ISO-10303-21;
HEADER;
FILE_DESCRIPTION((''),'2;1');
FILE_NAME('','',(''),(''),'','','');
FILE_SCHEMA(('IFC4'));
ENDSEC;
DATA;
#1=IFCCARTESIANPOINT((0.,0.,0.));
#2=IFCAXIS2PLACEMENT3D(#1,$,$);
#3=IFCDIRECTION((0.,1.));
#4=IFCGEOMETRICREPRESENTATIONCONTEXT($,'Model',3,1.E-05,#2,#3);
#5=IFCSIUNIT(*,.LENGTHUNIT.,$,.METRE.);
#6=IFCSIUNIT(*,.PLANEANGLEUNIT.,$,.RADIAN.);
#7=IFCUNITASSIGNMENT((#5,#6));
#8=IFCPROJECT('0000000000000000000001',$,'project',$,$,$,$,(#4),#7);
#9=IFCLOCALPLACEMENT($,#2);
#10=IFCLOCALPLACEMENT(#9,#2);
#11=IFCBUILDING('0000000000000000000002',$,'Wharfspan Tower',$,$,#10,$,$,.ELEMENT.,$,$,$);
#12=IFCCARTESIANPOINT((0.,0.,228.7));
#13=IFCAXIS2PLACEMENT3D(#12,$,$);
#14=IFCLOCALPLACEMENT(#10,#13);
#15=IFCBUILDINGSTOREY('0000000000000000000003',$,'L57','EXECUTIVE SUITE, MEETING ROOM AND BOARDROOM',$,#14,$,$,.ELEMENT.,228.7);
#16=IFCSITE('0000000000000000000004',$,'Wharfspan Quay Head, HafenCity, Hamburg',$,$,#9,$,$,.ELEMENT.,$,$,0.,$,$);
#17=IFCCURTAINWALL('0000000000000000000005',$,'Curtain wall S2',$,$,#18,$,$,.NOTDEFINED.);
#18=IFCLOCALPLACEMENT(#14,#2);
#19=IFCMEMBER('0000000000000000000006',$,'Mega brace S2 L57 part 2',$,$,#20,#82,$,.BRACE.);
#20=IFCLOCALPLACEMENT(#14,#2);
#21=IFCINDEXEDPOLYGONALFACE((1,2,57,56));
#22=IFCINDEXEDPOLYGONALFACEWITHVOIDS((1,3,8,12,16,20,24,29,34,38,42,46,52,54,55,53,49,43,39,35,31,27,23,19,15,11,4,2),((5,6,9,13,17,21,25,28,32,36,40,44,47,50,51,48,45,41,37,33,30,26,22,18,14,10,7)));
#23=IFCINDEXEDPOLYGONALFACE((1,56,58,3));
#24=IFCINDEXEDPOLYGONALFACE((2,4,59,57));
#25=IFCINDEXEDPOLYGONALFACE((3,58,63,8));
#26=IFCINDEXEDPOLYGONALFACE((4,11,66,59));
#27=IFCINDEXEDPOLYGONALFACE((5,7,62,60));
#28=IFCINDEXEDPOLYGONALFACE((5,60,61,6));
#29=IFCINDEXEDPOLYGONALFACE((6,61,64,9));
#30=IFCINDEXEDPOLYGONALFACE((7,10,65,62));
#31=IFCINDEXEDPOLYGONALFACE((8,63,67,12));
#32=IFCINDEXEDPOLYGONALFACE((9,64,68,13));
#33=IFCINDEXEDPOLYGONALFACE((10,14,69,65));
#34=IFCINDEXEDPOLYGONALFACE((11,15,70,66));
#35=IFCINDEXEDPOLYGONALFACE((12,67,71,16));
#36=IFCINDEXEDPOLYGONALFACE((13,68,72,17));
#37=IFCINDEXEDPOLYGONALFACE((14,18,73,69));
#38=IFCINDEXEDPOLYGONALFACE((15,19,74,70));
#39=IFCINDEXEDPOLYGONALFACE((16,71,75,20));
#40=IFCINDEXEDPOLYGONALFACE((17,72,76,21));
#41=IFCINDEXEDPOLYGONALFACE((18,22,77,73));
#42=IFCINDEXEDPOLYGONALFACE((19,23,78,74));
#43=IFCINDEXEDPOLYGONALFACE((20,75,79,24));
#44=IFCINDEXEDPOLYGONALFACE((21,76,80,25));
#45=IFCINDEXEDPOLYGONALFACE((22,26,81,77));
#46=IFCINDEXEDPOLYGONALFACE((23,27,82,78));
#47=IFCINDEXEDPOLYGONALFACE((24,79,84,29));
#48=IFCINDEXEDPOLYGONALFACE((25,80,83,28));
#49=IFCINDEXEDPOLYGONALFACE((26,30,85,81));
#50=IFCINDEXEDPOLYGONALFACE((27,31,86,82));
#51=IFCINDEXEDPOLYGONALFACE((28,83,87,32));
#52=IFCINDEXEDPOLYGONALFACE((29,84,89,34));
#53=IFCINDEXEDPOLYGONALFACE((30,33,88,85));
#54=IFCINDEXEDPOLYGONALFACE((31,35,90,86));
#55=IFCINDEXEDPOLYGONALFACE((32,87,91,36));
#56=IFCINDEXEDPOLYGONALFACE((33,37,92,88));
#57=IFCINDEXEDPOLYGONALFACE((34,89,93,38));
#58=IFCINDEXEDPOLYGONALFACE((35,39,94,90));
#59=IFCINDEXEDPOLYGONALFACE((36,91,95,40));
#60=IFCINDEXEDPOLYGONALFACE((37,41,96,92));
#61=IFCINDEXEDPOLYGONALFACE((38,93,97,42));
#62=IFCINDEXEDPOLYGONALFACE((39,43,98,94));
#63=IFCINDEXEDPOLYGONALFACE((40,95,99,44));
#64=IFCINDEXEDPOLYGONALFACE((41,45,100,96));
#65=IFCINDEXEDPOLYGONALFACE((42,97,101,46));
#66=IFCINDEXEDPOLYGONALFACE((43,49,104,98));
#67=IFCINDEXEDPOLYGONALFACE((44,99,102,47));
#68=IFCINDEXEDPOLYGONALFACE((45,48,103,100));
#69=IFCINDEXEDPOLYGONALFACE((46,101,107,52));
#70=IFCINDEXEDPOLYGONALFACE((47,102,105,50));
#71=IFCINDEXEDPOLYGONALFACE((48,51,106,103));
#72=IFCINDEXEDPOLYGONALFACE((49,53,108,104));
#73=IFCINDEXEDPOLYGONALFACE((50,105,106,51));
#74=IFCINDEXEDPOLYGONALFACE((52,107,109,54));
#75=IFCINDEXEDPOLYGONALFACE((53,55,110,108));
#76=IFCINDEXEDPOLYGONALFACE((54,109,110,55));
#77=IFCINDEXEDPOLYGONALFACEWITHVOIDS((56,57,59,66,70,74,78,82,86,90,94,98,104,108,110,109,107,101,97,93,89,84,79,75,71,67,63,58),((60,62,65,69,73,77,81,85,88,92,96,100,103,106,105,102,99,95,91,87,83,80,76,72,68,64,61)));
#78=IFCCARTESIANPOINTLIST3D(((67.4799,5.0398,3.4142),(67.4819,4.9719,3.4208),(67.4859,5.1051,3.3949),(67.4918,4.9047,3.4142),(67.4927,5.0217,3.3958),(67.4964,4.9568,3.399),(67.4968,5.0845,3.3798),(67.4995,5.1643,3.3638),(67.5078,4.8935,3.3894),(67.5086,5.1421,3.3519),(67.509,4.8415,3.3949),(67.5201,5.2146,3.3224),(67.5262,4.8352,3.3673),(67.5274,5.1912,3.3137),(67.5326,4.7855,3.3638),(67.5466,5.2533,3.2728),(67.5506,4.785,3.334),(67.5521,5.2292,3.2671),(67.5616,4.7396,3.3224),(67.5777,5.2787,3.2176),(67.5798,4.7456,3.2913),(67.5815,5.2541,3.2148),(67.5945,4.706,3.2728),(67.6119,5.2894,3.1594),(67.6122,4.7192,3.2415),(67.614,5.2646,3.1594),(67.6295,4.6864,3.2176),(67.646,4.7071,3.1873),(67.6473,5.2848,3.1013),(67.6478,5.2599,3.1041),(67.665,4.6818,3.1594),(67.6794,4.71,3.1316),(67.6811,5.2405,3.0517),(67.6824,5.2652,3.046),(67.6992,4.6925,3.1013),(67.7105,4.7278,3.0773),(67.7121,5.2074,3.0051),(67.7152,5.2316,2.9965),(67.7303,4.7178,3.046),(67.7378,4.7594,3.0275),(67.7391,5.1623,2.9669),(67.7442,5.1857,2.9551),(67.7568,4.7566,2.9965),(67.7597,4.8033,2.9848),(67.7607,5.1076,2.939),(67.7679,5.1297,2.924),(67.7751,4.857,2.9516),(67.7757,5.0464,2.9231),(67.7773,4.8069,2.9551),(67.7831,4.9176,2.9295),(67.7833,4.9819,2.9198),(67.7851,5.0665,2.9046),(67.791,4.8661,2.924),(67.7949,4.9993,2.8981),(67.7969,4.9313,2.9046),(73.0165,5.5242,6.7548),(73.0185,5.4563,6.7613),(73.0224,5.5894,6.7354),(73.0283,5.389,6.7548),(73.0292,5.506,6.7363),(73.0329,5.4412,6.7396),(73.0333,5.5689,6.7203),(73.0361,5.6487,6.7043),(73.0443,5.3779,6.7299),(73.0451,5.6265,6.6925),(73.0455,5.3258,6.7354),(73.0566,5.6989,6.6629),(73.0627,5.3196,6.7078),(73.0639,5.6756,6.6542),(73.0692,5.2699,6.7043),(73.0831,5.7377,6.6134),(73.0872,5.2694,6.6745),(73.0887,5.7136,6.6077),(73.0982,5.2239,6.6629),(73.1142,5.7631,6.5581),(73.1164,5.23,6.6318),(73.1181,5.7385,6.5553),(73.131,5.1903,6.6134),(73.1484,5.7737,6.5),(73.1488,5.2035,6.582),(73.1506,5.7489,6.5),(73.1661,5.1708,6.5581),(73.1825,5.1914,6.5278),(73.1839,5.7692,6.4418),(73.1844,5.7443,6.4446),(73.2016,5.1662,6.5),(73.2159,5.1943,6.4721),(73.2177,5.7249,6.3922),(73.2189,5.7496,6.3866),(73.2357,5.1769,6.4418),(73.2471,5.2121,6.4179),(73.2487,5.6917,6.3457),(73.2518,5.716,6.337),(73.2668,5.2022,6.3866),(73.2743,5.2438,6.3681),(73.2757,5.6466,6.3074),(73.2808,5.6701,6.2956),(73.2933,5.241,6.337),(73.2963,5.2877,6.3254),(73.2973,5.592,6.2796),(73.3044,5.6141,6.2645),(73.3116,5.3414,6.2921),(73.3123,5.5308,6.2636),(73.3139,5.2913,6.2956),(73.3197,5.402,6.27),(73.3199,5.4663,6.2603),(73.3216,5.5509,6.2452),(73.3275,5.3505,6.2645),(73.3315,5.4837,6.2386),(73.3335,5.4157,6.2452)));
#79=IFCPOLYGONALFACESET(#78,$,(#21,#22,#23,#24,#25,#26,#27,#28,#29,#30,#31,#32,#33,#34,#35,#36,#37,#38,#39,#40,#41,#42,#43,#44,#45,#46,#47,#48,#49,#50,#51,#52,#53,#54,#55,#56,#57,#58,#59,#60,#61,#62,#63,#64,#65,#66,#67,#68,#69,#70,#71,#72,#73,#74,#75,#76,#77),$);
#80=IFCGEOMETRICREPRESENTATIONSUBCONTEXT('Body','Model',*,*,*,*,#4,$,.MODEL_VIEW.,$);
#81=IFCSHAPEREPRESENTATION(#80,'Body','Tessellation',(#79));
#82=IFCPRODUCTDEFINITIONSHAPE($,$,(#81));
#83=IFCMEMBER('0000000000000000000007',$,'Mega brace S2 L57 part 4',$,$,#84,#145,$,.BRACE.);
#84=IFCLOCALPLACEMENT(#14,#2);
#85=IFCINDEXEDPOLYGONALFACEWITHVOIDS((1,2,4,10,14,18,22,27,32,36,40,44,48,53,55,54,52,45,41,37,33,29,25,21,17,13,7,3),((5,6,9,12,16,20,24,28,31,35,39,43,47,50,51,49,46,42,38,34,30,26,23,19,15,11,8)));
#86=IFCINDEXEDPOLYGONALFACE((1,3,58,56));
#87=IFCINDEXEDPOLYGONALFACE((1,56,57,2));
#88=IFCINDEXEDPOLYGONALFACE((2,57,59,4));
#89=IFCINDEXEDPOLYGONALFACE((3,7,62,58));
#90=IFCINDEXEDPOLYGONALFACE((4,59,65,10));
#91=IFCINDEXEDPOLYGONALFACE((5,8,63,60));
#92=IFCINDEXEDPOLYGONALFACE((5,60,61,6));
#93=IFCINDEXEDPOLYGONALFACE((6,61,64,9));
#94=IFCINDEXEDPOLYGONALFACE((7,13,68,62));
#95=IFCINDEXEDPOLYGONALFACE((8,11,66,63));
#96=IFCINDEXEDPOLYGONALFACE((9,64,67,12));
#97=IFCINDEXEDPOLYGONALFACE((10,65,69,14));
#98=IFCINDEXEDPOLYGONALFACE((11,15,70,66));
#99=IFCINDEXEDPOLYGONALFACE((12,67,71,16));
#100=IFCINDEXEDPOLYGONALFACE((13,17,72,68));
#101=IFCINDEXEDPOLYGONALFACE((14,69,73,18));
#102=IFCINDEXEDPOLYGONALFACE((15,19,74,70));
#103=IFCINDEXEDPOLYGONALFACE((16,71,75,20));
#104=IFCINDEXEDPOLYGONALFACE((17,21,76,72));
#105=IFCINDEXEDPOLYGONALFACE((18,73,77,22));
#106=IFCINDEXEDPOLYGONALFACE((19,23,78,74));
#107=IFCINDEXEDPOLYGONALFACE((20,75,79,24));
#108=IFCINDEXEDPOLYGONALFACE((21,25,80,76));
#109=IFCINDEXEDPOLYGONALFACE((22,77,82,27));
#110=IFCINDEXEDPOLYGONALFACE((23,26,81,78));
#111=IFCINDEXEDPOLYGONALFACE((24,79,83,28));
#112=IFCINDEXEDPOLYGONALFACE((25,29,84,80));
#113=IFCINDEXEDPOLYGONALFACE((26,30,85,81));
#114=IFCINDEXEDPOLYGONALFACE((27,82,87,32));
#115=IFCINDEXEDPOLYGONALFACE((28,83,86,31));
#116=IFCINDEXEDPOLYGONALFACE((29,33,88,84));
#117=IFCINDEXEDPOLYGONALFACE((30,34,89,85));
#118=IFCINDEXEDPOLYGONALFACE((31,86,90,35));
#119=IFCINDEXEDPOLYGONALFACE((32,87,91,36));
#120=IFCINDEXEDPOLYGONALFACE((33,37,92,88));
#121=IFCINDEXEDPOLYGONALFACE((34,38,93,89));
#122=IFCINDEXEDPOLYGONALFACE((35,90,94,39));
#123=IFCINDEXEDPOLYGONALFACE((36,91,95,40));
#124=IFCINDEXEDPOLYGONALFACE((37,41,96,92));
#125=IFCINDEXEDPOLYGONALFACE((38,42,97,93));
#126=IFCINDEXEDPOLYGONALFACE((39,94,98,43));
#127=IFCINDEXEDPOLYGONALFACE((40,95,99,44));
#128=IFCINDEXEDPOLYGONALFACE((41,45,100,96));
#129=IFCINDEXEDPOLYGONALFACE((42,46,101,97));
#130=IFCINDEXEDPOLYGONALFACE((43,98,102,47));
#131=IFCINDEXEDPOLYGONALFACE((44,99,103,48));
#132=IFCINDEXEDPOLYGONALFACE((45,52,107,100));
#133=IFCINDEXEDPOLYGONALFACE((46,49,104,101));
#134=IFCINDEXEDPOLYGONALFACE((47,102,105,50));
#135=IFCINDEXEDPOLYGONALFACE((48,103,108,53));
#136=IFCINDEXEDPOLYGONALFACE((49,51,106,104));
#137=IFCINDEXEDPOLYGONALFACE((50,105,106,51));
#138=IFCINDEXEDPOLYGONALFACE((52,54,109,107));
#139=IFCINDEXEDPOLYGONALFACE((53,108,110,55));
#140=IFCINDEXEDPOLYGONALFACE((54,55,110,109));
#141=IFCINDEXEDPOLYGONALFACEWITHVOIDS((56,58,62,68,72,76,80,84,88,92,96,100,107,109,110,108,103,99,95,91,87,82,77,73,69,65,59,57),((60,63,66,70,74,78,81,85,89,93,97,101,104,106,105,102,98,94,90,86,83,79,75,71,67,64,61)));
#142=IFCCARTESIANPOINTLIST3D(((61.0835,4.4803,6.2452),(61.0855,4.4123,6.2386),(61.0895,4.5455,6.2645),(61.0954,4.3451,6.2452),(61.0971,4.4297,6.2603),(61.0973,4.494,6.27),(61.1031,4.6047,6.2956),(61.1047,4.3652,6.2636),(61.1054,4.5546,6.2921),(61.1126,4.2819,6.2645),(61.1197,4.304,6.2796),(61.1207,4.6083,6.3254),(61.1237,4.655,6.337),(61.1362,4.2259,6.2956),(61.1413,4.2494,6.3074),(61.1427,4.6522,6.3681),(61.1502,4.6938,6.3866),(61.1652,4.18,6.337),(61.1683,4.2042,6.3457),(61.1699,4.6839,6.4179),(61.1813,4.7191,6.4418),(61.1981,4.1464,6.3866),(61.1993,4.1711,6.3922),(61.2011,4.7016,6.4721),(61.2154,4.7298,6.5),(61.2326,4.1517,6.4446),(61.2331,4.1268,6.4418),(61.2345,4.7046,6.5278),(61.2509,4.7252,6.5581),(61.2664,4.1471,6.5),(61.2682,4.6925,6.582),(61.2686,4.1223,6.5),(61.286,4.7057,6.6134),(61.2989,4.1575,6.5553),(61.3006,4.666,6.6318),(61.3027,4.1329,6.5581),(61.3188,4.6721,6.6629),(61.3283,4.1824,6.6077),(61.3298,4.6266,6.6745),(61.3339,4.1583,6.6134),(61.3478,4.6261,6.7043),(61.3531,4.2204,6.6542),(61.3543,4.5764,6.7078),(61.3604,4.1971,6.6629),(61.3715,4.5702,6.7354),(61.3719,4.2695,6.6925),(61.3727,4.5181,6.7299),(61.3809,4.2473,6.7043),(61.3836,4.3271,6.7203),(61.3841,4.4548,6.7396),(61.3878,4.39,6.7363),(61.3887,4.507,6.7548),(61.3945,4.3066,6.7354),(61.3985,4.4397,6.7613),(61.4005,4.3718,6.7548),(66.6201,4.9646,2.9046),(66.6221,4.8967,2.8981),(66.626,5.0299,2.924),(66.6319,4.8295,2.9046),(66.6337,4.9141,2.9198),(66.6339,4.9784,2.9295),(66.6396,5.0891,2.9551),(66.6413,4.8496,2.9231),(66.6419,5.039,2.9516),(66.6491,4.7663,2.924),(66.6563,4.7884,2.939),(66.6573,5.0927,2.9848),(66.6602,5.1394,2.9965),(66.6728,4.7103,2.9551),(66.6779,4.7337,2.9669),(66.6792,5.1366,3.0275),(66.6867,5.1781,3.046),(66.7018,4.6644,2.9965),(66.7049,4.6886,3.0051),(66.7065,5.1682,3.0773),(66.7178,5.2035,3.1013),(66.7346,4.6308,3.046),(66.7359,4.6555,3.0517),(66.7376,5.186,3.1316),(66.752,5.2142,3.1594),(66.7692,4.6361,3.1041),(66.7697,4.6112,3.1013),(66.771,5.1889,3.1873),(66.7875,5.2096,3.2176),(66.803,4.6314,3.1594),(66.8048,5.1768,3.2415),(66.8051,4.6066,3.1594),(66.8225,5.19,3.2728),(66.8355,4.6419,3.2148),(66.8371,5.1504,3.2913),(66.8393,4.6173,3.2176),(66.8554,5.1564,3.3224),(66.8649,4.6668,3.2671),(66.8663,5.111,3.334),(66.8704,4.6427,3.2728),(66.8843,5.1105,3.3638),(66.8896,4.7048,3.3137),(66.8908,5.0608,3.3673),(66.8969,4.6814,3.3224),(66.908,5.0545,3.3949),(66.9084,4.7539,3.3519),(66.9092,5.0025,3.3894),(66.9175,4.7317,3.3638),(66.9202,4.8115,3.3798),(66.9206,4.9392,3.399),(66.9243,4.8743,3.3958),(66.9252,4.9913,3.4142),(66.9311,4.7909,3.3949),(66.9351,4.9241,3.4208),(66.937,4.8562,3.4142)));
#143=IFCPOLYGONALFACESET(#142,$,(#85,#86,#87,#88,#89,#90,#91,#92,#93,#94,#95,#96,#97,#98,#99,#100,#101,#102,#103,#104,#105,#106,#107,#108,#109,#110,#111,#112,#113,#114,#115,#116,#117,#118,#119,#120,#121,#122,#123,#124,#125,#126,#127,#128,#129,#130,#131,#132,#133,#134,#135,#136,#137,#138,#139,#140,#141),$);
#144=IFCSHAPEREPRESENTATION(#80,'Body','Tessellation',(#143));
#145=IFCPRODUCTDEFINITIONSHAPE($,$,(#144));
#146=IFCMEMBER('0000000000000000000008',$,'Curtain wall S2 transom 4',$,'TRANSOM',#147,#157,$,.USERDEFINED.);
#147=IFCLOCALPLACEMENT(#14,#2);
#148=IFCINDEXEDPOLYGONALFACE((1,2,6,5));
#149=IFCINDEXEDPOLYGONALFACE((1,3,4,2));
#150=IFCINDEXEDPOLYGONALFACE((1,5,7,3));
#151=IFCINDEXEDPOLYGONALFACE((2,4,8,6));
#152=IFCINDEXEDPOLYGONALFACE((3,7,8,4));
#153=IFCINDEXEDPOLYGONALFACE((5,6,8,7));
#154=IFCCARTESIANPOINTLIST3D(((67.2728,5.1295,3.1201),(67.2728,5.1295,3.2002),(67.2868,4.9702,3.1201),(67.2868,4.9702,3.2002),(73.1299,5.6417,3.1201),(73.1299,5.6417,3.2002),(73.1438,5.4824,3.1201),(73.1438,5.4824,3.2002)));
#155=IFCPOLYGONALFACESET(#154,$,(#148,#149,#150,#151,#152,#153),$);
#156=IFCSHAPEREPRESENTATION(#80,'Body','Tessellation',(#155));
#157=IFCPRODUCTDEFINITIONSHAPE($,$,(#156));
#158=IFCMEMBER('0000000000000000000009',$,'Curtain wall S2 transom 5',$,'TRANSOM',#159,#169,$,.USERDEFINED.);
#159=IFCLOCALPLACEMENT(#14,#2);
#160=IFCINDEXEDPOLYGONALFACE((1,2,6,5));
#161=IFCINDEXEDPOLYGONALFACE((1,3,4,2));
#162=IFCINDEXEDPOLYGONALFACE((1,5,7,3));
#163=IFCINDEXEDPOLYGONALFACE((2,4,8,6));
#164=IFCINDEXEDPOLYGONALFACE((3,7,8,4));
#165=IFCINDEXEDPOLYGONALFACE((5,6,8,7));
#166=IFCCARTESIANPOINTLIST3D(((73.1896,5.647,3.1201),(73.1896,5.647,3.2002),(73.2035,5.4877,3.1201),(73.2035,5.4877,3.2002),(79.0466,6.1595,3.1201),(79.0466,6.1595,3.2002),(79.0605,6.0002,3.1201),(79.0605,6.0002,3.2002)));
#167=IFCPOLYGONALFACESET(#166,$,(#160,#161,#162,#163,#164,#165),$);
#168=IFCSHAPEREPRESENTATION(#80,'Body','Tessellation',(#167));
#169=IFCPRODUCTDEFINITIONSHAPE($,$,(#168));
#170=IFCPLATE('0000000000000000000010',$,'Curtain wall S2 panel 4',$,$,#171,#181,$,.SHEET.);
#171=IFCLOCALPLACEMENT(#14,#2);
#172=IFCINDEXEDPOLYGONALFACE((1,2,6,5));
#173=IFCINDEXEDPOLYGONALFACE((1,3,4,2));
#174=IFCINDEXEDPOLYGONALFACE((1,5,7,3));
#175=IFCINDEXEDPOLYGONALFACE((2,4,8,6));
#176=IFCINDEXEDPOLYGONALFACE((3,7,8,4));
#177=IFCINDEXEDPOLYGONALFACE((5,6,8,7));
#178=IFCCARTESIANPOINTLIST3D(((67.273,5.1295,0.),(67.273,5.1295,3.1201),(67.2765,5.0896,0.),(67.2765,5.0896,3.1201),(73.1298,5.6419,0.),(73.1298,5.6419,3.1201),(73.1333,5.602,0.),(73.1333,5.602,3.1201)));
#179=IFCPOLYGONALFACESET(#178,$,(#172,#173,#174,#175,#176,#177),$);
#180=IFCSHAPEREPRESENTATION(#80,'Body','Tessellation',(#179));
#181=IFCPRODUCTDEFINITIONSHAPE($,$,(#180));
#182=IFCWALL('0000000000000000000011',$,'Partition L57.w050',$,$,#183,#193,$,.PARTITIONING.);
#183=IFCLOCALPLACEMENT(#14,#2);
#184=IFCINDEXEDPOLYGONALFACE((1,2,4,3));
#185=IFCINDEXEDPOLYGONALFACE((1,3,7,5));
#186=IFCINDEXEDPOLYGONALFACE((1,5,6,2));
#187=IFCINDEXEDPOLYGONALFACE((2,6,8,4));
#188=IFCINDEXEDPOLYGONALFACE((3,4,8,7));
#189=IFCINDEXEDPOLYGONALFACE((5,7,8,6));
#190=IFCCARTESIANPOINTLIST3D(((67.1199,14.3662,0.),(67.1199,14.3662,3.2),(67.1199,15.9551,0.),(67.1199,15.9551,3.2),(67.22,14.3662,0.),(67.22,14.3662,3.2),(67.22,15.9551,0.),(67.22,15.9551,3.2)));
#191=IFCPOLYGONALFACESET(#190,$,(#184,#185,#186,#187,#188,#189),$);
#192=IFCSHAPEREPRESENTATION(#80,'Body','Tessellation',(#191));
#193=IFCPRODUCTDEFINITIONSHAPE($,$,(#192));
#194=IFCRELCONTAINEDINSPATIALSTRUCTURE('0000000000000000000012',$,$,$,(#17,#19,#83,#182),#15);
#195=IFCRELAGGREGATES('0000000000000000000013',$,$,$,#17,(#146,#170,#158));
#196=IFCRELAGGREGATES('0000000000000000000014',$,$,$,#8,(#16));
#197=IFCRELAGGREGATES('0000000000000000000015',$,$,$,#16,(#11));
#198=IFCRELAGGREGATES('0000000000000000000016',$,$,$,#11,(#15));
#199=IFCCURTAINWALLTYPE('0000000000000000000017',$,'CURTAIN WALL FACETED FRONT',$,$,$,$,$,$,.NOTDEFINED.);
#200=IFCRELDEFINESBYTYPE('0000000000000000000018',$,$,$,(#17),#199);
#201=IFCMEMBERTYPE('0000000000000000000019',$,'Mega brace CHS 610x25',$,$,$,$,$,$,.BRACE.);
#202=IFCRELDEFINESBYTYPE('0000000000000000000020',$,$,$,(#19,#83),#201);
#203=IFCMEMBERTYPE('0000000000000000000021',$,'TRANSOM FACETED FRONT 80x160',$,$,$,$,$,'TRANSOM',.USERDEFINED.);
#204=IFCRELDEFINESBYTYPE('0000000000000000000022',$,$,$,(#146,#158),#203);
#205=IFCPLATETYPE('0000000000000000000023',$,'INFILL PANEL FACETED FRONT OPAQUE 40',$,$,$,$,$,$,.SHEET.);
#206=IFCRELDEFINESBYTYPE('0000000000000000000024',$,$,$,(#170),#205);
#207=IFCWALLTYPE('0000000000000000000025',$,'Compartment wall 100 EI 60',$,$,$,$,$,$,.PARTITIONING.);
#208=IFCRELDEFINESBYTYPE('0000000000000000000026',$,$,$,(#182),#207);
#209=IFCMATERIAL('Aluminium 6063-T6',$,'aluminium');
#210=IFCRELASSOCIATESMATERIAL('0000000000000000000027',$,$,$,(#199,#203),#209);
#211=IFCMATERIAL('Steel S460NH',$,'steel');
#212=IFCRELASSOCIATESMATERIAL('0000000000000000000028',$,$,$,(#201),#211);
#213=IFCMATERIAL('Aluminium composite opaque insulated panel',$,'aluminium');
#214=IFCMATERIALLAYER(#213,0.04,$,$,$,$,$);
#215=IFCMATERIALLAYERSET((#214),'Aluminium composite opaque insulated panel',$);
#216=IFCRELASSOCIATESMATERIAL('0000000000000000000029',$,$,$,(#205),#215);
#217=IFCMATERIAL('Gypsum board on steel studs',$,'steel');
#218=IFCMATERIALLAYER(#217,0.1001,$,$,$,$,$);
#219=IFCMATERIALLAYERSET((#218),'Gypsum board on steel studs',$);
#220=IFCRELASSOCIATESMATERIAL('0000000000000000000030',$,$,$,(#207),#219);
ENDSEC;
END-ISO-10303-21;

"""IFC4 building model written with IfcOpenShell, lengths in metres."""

from ifc_helpers import new_model, si_unit, direction, frame, frame_2d, origin, origin_2d, place, context, subcontext, project, spatial, rectangle, hollow_circle, extrude, material, layer, layer_set, material_profile, profile_set, type_object, element, aggregate, save


model = new_model("IFC4")

# Units and contexts
model_context = context("Model", 3, precision=1e-05, world=origin(), true_north=direction((0.0, 1.0)))
body_context = subcontext(model_context, "Body", "Model", "MODEL_VIEW")
ifc_project = project(units=[si_unit("LENGTHUNIT", "METRE"), si_unit("PLANEANGLEUNIT", "RADIAN")], contexts=[model_context])

# Site, building, storey
site_placement = place(None, origin())
site = spatial("IfcSite", under=ifc_project, at=site_placement, Name="Wharfspan Quay Head, HafenCity, Hamburg", CompositionType="ELEMENT", RefElevation=0.0)
building_placement = place(site_placement, origin())
building = spatial("IfcBuilding", under=site, at=building_placement, Name="Wharfspan Tower", CompositionType="ELEMENT")
storey_placement = place(building_placement, frame((0.0, 0.0, 228.7)))
storey = spatial("IfcBuildingStorey", under=building, at=storey_placement, Name="L57", Description="EXECUTIVE SUITE, MEETING ROOM AND BOARDROOM", CompositionType="ELEMENT", Elevation=228.7)

# Curtain wall
ifc_material_1 = material(Name="Aluminium 6063-T6", Category="aluminium")
curtain_wall_type = type_object("IfcCurtainWallType", Name="CURTAIN WALL FACETED FRONT", PredefinedType="NOTDEFINED", material=ifc_material_1)
curtain_wall_placement = place(storey_placement, origin())
curtain_wall = element("IfcCurtainWall", 1, at=curtain_wall_placement, inside=storey, type_object=curtain_wall_type, Name="Curtain wall S2", PredefinedType="NOTDEFINED")

# Members
ifc_material_2 = material(Name="Steel S460NH", Category="steel")
ifc_material_profile_1 = material_profile(ifc_material_2, hollow_circle(Radius=0.3049, WallThickness=0.0249, at=origin_2d()))
ifc_profile_set_1 = profile_set([ifc_material_profile_1], Name="Steel S460NH")
member_type_1 = type_object("IfcMemberType", Name="Mega brace CHS 610x25", PredefinedType="BRACE", material=ifc_profile_set_1)
for number, where, z_axis, x_axis, name in (
    (2, (67.6384, 4.9856, 3.1594), (0.853829, 0.074698, 0.515166), (-0.087155, 0.996197, 0.000003), "Mega brace S2 L57 part 2"),
    (3, (66.7786, 4.9104, 3.1594), (-0.853829, -0.074698, 0.515166), (0.087155, -0.996197, 0.000003), "Mega brace S2 L57 part 4"),
):
    element("IfcMember", number, at=place(storey_placement, frame(where, z_axis=z_axis, x_axis=x_axis)), inside=storey, type_object=member_type_1, Name=name, PredefinedType="BRACE", context=body_context, shape_type="SweptSolid", body=[
        extrude(hollow_circle(Radius=0.3049, WallThickness=0.0249, at=origin_2d()), origin(), (0.0, 0.0, 1.0), 6.4844),
    ])

# Members
ifc_material_profile_2 = material_profile(ifc_material_1, rectangle(XDim=0.1599, YDim=0.0801, at=origin_2d()))
ifc_profile_set_2 = profile_set([ifc_material_profile_2], Name="Aluminium 6063-T6")
member_type_2 = type_object("IfcMemberType", Name="TRANSOM FACETED FRONT 80x160", ElementType="TRANSOM", PredefinedType="USERDEFINED", material=ifc_profile_set_2)
member_1_placement = place(storey_placement, frame((67.2798, 5.0498, 3.1602), z_axis=(0.996198, 0.087121, 0.0), x_axis=(-0.087121, 0.996198, 0.0)))
member_1 = element("IfcMember", 4, at=member_1_placement, type_object=member_type_2, Name="Curtain wall S2 transom 4", ObjectType="TRANSOM", PredefinedType="USERDEFINED", context=body_context, shape_type="SweptSolid", body=[
    extrude(rectangle(XDim=0.1599, YDim=0.0801, at=origin_2d()), origin(), (0.0, 0.0, 1.0), 5.8794),
])
member_2_placement = place(storey_placement, frame((73.1965, 5.5674, 3.1602), z_axis=(0.996194, 0.087162, 0.0), x_axis=(-0.087162, 0.996194, 0.0)))
member_2 = element("IfcMember", 5, at=member_2_placement, type_object=member_type_2, Name="Curtain wall S2 transom 5", ObjectType="TRANSOM", PredefinedType="USERDEFINED", context=body_context, shape_type="SweptSolid", body=[
    extrude(rectangle(XDim=0.1599, YDim=0.0801, at=origin_2d()), origin(), (0.0, 0.0, 1.0), 5.8794),
])

# Plate
ifc_material_3 = material(Name="Aluminium composite opaque insulated panel", Category="aluminium")
ifc_layer_1 = layer(ifc_material_3, 0.04)
ifc_layer_set_1 = layer_set([ifc_layer_1], Name="Aluminium composite opaque insulated panel")
plate_type = type_object("IfcPlateType", Name="INFILL PANEL FACETED FRONT OPAQUE 40", PredefinedType="SHEET", material=ifc_layer_set_1)
plate_placement = place(storey_placement, frame((70.2031, 5.3657, 0.0), z_axis=(0.0, 0.0, 1.0), x_axis=(0.996197, 0.087156, 0.0)))
plate = element("IfcPlate", 6, at=plate_placement, type_object=plate_type, Name="Curtain wall S2 panel 4", PredefinedType="SHEET", context=body_context, shape_type="SweptSolid", body=[
    extrude(rectangle(XDim=5.8792, YDim=0.04, at=origin_2d()), origin(), (0.0, 0.0, 1.0), 3.1201),
])
aggregate(curtain_wall, [member_1, plate, member_2])

# Wall
ifc_material_4 = material(Name="Gypsum board on steel studs", Category="steel")
ifc_layer_2 = layer(ifc_material_4, 0.1001)
ifc_layer_set_2 = layer_set([ifc_layer_2], Name="Gypsum board on steel studs")
wall_type_1 = type_object("IfcWallType", Name="Compartment wall 100 EI 60", PredefinedType="PARTITIONING", material=ifc_layer_set_2)
wall_1_placement = place(storey_placement, frame((67.1699, 14.3662, 0.0), z_axis=(0.0, 0.0, 1.0), x_axis=(0.0, 1.0, 0.0)))
element("IfcWall", 7, at=wall_1_placement, inside=storey, type_object=wall_type_1, Name="Partition L57.w050", PredefinedType="PARTITIONING", context=body_context, shape_type="SweptSolid", body=[
    extrude(rectangle(XDim=1.5889, YDim=0.1001, at=frame_2d((0.7944, 0.0))), origin(), (0.0, 0.0, 1.0), 3.2),
])

save(model, "model.ifc")
